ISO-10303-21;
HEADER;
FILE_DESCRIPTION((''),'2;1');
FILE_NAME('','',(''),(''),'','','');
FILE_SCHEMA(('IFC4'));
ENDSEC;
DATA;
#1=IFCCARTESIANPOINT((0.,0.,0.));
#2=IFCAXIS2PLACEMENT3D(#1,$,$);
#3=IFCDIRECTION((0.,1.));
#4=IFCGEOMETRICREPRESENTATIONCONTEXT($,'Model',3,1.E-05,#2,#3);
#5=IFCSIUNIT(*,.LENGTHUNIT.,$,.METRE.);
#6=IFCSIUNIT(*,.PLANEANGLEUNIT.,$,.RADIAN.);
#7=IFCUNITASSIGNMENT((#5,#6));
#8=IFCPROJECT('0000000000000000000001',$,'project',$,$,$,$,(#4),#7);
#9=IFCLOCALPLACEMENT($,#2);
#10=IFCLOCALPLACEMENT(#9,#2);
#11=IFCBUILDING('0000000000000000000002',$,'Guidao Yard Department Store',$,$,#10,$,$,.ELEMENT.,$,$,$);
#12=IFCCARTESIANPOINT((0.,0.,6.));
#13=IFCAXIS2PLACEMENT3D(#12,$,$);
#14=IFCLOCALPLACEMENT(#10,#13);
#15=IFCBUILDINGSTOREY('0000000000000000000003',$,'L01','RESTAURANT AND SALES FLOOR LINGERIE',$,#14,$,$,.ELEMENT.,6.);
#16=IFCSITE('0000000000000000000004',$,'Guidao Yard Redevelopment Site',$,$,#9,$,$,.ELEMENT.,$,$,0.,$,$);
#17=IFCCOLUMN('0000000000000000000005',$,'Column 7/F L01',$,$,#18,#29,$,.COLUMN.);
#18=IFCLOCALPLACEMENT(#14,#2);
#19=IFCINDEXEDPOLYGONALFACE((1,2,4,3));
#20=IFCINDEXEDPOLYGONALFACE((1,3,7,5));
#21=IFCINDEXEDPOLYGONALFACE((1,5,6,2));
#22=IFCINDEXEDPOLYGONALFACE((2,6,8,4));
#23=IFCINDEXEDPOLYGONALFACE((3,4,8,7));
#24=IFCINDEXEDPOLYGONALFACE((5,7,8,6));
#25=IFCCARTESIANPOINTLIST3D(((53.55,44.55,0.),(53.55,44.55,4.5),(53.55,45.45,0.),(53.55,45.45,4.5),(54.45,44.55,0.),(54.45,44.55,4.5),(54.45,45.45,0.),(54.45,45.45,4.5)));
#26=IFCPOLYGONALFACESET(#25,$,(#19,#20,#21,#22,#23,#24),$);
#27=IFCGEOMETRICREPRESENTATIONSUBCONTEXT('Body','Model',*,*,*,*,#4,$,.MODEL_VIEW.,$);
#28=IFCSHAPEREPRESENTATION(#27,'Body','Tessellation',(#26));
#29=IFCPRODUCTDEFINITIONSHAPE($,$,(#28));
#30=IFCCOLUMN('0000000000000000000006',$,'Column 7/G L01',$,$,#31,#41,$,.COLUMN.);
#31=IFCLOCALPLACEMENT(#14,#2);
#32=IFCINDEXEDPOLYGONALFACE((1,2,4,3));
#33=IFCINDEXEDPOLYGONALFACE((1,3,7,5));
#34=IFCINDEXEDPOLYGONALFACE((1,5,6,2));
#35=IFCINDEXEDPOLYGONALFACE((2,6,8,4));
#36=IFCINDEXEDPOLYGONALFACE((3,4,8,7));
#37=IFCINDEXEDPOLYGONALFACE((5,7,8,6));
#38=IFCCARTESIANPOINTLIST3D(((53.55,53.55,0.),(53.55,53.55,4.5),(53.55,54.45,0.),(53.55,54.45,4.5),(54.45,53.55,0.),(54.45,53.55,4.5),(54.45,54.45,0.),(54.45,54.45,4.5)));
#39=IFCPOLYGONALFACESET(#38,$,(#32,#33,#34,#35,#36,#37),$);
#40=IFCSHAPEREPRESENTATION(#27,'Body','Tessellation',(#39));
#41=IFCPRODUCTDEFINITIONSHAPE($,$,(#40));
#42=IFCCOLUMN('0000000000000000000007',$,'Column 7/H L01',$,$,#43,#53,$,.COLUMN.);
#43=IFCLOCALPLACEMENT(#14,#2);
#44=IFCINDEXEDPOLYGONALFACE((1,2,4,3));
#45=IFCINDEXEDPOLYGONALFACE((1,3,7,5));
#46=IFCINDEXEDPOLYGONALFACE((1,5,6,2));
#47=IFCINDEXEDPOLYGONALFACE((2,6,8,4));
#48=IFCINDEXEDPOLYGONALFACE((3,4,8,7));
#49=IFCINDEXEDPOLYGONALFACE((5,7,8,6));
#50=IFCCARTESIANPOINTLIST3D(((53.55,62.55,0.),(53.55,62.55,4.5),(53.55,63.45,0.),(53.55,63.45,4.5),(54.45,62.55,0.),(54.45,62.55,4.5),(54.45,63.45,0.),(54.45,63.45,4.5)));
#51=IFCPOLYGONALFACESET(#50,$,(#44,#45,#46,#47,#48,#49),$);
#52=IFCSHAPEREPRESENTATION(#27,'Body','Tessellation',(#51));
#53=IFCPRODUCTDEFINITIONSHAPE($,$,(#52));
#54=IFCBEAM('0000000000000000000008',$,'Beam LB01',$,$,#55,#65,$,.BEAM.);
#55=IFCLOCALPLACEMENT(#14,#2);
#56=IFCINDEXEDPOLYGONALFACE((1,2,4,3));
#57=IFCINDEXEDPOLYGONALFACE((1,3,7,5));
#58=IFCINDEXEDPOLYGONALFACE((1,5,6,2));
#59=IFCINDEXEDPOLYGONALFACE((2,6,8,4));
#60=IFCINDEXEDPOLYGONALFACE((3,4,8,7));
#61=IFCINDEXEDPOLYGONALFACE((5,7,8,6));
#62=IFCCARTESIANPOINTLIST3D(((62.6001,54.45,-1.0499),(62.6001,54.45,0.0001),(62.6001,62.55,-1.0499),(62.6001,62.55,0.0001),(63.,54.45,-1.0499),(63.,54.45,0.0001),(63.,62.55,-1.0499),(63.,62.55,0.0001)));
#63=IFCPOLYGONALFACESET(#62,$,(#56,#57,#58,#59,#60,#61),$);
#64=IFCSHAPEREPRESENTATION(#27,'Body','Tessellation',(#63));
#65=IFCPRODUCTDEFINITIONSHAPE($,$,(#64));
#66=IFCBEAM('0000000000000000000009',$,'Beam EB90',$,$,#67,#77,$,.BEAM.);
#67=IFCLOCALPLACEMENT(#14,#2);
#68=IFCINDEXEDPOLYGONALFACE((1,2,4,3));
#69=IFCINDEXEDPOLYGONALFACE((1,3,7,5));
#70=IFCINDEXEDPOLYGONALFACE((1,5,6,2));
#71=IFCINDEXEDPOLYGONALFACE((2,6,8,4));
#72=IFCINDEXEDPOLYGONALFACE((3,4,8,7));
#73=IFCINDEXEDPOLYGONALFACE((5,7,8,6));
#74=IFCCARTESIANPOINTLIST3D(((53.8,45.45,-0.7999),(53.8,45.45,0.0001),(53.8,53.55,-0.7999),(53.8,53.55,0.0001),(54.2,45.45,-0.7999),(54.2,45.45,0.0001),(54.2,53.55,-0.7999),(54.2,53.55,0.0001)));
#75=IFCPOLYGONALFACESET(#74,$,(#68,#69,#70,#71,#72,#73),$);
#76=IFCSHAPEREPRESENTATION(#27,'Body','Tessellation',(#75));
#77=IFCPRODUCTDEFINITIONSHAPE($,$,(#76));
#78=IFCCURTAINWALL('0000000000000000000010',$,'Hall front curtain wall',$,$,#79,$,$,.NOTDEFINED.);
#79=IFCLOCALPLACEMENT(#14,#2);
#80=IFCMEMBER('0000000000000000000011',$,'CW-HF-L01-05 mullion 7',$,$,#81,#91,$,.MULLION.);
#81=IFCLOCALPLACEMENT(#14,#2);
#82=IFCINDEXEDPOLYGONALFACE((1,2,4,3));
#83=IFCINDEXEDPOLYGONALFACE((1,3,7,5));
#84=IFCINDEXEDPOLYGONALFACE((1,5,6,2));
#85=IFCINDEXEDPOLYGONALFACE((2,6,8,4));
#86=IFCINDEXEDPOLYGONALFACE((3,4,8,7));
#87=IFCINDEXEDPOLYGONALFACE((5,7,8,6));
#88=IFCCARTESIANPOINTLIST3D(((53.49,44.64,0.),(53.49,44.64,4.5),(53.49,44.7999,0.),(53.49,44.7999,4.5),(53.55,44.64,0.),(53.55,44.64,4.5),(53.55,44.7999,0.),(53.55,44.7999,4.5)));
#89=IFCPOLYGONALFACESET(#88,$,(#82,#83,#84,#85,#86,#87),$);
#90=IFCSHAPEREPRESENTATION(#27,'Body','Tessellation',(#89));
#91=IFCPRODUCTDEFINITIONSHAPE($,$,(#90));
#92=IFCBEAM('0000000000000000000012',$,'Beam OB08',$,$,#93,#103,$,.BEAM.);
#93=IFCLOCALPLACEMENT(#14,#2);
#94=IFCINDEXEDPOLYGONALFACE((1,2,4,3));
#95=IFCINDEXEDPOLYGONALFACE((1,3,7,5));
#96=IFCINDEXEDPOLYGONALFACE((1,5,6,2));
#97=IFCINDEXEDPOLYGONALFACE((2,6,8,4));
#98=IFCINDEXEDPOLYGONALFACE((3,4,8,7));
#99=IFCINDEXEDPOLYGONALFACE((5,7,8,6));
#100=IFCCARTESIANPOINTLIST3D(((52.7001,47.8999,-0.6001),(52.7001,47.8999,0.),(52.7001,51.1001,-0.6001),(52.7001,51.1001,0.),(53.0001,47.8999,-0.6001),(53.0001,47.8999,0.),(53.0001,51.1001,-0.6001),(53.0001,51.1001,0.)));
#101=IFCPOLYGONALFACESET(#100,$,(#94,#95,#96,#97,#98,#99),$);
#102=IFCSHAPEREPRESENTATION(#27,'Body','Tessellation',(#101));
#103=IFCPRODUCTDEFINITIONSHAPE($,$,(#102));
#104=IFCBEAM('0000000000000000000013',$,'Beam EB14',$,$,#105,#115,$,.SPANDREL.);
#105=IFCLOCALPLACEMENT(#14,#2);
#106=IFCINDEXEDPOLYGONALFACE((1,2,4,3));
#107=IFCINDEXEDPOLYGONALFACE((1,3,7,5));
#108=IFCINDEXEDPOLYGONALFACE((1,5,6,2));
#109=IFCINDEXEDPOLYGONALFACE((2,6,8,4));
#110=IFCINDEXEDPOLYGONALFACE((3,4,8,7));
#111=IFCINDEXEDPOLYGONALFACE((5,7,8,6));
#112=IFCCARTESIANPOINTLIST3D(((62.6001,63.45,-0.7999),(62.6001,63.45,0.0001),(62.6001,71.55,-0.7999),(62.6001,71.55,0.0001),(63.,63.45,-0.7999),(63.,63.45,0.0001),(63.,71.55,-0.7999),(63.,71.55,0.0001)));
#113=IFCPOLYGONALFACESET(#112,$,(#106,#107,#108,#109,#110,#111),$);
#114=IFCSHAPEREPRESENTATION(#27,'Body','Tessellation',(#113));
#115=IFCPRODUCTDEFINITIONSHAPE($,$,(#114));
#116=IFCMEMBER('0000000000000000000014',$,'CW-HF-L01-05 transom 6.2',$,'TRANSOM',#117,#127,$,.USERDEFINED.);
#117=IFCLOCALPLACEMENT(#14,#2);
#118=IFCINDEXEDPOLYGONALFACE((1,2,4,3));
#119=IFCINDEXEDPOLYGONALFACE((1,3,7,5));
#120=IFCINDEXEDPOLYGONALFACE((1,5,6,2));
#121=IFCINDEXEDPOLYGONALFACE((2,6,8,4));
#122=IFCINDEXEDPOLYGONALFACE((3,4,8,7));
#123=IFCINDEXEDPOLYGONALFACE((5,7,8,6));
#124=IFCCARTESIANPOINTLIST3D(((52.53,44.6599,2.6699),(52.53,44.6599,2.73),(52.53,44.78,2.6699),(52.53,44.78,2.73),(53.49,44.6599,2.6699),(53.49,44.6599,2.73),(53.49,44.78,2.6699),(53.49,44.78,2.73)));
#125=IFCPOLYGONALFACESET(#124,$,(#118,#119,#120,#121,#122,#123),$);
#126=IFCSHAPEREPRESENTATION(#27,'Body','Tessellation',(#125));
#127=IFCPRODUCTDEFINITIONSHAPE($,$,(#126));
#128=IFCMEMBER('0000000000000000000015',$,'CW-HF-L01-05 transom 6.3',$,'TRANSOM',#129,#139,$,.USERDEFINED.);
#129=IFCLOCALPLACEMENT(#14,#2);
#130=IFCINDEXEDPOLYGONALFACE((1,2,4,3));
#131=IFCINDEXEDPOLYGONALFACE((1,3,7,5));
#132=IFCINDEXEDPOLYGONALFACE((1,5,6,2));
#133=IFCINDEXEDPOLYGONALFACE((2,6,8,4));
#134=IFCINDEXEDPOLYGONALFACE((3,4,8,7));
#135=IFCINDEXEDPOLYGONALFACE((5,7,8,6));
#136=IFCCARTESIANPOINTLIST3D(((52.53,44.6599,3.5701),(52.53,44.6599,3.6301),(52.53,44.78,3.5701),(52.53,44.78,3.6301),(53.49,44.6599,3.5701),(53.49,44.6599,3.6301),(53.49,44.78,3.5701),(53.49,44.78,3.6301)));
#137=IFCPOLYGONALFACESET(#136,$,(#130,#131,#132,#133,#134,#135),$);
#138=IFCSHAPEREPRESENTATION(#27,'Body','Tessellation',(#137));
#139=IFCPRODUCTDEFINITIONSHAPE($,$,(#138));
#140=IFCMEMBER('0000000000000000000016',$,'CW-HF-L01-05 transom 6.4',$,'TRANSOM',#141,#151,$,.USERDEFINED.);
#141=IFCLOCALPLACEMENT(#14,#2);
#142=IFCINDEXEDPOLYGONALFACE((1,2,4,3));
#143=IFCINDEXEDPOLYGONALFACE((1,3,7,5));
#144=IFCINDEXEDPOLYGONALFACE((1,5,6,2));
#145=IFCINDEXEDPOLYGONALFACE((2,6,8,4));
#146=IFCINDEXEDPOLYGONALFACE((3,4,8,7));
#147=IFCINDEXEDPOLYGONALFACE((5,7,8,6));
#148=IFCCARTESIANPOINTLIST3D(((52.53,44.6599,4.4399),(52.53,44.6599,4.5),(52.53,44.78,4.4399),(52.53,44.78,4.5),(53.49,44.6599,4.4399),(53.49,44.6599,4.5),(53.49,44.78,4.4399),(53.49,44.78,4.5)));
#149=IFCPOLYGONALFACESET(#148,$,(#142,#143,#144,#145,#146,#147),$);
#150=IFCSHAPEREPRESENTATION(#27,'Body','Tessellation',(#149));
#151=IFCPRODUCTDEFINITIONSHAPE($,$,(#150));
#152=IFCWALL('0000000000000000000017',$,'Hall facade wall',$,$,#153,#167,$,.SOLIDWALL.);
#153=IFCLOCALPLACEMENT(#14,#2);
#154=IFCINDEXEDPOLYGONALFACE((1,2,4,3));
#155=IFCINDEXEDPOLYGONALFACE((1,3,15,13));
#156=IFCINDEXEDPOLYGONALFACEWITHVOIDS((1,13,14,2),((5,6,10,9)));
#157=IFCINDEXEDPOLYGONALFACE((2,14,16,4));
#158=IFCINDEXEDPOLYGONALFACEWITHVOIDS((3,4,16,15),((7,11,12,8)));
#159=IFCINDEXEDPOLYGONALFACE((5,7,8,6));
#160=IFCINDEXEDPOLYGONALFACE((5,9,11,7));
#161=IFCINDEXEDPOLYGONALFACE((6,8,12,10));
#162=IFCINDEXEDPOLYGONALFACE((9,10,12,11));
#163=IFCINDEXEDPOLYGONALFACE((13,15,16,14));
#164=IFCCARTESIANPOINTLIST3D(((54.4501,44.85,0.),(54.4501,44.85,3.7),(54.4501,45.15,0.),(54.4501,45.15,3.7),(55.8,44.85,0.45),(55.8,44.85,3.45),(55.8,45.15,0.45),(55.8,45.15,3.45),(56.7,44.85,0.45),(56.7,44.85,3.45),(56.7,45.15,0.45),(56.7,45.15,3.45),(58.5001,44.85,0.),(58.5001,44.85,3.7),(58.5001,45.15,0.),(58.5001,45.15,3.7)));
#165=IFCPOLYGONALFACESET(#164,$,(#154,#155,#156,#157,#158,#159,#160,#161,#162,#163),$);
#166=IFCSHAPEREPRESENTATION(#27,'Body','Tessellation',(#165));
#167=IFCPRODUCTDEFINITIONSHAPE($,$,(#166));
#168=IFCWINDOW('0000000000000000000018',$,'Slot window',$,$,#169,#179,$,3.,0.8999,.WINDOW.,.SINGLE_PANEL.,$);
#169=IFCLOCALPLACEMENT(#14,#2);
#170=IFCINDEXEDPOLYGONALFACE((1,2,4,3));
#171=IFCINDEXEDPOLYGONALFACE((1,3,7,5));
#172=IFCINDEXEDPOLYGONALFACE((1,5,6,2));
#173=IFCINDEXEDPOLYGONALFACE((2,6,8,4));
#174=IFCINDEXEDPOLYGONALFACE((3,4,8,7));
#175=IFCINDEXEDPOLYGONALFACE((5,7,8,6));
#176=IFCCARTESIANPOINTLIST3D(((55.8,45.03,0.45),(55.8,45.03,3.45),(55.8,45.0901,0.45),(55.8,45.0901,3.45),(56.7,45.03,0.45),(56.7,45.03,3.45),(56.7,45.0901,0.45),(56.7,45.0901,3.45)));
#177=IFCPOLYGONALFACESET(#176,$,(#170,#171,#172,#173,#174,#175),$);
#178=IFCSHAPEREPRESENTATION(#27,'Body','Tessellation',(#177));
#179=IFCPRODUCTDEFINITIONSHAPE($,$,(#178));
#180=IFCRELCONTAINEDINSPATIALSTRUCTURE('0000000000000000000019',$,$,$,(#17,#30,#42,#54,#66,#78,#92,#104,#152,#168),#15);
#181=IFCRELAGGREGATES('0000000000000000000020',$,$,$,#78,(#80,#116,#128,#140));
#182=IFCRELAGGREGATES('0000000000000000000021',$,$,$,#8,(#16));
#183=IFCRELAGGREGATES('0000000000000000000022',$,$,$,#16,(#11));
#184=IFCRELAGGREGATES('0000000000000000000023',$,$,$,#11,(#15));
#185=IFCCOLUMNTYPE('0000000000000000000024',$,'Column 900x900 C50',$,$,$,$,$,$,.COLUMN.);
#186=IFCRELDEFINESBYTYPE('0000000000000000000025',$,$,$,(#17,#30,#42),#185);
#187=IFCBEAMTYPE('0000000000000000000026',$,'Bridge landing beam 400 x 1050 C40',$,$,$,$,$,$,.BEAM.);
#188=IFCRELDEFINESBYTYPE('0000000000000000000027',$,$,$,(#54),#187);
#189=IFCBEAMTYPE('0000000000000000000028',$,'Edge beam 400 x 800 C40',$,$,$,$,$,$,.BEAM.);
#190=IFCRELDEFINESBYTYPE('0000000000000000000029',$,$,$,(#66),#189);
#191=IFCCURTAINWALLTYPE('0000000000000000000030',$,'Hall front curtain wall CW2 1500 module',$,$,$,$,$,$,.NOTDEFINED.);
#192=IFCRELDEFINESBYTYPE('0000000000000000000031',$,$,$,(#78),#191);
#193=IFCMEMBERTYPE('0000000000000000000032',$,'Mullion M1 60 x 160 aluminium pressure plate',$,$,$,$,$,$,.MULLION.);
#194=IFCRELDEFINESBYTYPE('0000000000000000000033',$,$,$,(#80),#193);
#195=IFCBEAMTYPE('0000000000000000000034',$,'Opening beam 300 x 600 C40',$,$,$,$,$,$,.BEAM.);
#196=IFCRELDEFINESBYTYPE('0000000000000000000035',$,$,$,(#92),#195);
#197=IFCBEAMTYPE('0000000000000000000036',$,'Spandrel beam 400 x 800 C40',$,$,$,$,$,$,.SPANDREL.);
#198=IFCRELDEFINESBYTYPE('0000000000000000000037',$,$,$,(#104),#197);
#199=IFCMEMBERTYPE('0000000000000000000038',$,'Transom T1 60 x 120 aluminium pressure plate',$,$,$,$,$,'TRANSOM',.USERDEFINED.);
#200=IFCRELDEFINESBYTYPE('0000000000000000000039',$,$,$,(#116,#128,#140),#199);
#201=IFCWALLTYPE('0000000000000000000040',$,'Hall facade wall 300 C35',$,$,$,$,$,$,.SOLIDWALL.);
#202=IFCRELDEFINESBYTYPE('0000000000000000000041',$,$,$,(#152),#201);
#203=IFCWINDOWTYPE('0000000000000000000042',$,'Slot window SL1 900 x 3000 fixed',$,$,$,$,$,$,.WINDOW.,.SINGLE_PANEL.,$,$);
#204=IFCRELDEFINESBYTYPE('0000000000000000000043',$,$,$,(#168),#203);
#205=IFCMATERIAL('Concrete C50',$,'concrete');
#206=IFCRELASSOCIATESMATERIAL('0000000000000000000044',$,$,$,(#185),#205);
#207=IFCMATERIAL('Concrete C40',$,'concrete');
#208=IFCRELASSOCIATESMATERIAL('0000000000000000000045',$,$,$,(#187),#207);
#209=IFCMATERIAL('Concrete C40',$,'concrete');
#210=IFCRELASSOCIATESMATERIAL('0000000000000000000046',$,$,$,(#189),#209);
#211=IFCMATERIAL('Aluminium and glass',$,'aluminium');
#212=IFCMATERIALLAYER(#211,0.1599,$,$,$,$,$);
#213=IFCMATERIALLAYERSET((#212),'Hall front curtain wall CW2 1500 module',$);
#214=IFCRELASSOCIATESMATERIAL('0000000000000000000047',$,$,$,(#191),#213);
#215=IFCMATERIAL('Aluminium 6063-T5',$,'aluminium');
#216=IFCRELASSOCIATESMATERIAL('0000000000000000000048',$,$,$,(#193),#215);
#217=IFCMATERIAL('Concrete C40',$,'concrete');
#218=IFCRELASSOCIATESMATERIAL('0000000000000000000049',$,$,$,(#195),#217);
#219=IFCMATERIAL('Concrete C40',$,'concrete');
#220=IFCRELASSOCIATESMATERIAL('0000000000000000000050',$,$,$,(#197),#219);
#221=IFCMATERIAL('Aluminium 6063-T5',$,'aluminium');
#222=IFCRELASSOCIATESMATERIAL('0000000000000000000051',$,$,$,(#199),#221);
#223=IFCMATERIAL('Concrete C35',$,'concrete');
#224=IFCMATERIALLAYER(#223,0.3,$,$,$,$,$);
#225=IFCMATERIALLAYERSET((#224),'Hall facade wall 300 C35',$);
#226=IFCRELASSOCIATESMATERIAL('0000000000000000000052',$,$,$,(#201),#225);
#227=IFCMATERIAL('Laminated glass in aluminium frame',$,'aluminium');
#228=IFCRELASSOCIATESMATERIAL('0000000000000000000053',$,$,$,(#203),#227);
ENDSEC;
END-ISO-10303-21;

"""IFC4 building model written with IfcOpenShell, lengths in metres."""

from ifc_helpers import new_model, si_unit, direction, frame, frame_2d, origin, origin_2d, place, context, subcontext, project, spatial, rectangle, extrude, material, layer, layer_set, material_profile, profile_set, type_object, element, fill, aggregate, save


model = new_model("IFC4")

# Units and contexts
model_context = context("Model", 3, precision=1e-05, world=origin(), true_north=direction((0.0, 1.0)))
body_context = subcontext(model_context, "Body", "Model", "MODEL_VIEW")
ifc_project = project(units=[si_unit("LENGTHUNIT", "METRE"), si_unit("PLANEANGLEUNIT", "RADIAN")], contexts=[model_context])

# Site, building, storey
site_placement = place(None, origin())
site = spatial("IfcSite", under=ifc_project, at=site_placement, Name="Guidao Yard Redevelopment Site", CompositionType="ELEMENT", RefElevation=0.0)
building_placement = place(site_placement, origin())
building = spatial("IfcBuilding", under=site, at=building_placement, Name="Guidao Yard Department Store", CompositionType="ELEMENT")
storey_placement = place(building_placement, frame((0.0, 0.0, 6.0)))
storey = spatial("IfcBuildingStorey", under=building, at=storey_placement, Name="L01", Description="RESTAURANT AND SALES FLOOR LINGERIE", CompositionType="ELEMENT", Elevation=6.0)

# Columns
ifc_material_1 = material(Name="Concrete C50", Category="concrete")
ifc_material_profile_1 = material_profile(ifc_material_1, rectangle(XDim=0.8999, YDim=0.8999, at=origin_2d()), Name="COL 900x900")
ifc_profile_set_1 = profile_set([ifc_material_profile_1], Name="Concrete C50")
column_type = type_object("IfcColumnType", Name="Column 900x900 C50", PredefinedType="COLUMN", material=ifc_profile_set_1)
for number, where, z_axis, x_axis, name in (
    (1, (54.0, 45.0, 0.0), (0.0, 0.0, 1.0), (1.0, 0.0, 0.0), "Column 7/F L01"),
    (2, (54.0, 54.0, 0.0), (0.0, 0.0, 1.0), (1.0, 0.0, 0.0), "Column 7/G L01"),
    (3, (54.0, 63.0, 0.0), (0.0, 0.0, 1.0), (1.0, 0.0, 0.0), "Column 7/H L01"),
):
    element("IfcColumn", number, at=place(storey_placement, frame(where, z_axis=z_axis, x_axis=x_axis)), inside=storey, type_object=column_type, Name=name, PredefinedType="COLUMN", context=body_context, shape_type="SweptSolid", body=[
        extrude(rectangle(XDim=0.8999, YDim=0.8999, at=origin_2d()), origin(), (0.0, 0.0, 1.0), 4.5),
    ])

# Beams
ifc_material_2 = material(Name="Concrete C40", Category="concrete")
ifc_material_profile_2 = material_profile(ifc_material_2, rectangle(XDim=0.3999, YDim=1.05, at=origin_2d()), Name="Bridge landing beam 400 x 1050 C40")
ifc_profile_set_2 = profile_set([ifc_material_profile_2], Name="Concrete C40")
beam_type_1 = type_object("IfcBeamType", Name="Bridge landing beam 400 x 1050 C40", PredefinedType="BEAM", material=ifc_profile_set_2)
beam_1_placement = place(storey_placement, frame((62.8, 54.45, -0.5249), z_axis=(0.0, 1.0, 0.0), x_axis=(-1.0, 0.0, 0.0)))
element("IfcBeam", 4, at=beam_1_placement, inside=storey, type_object=beam_type_1, Name="Beam LB01", PredefinedType="BEAM", context=body_context, shape_type="SweptSolid", body=[
    extrude(rectangle(XDim=0.3999, YDim=1.05, at=origin_2d()), origin(), (0.0, 0.0, 1.0), 8.1001),
])
ifc_material_3 = material(Name="Concrete C40", Category="concrete")
ifc_material_profile_3 = material_profile(ifc_material_3, rectangle(XDim=0.3999, YDim=0.8, at=origin_2d()), Name="Edge beam 400 x 800 C40")
ifc_profile_set_3 = profile_set([ifc_material_profile_3], Name="Concrete C40")
beam_type_2 = type_object("IfcBeamType", Name="Edge beam 400 x 800 C40", PredefinedType="BEAM", material=ifc_profile_set_3)
beam_2_placement = place(storey_placement, frame((54.0, 45.45, -0.3999), z_axis=(0.0, 1.0, 0.0), x_axis=(-1.0, 0.0, 0.0)))
element("IfcBeam", 5, at=beam_2_placement, inside=storey, type_object=beam_type_2, Name="Beam EB90", PredefinedType="BEAM", context=body_context, shape_type="SweptSolid", body=[
    extrude(rectangle(XDim=0.3999, YDim=0.8, at=origin_2d()), origin(), (0.0, 0.0, 1.0), 8.1001),
])

# Curtain wall, member
ifc_material_4 = material(Name="Aluminium and glass", Category="aluminium")
ifc_layer_1 = layer(ifc_material_4, 0.1599)
ifc_layer_set_1 = layer_set([ifc_layer_1], Name="Hall front curtain wall CW2 1500 module")
curtain_wall_type = type_object("IfcCurtainWallType", Name="Hall front curtain wall CW2 1500 module", PredefinedType="NOTDEFINED", material=ifc_layer_set_1)
curtain_wall_placement = place(storey_placement, origin())
curtain_wall = element("IfcCurtainWall", 6, at=curtain_wall_placement, inside=storey, type_object=curtain_wall_type, Name="Hall front curtain wall", PredefinedType="NOTDEFINED")
ifc_material_5 = material(Name="Aluminium 6063-T5", Category="aluminium")
ifc_material_profile_4 = material_profile(ifc_material_5, rectangle(XDim=0.0601, YDim=0.1599, at=origin_2d()), Name="Mullion M1 60 x 160 aluminium pressure plate")
ifc_profile_set_4 = profile_set([ifc_material_profile_4], Name="Aluminium 6063-T5")
member_type_1 = type_object("IfcMemberType", Name="Mullion M1 60 x 160 aluminium pressure plate", PredefinedType="MULLION", material=ifc_profile_set_4)
member_1_placement = place(storey_placement, frame((53.52, 44.72, 0.0), z_axis=(0.0, 0.0, 1.0), x_axis=(-1.0, 0.0, 0.0)))
member_1 = element("IfcMember", 7, at=member_1_placement, type_object=member_type_1, Name="CW-HF-L01-05 mullion 7", PredefinedType="MULLION", context=body_context, shape_type="SweptSolid", body=[
    extrude(rectangle(XDim=0.0601, YDim=0.1599, at=origin_2d()), origin(), (0.0, 0.0, 1.0), 4.5),
])

# Beams
ifc_material_6 = material(Name="Concrete C40", Category="concrete")
ifc_material_profile_5 = material_profile(ifc_material_6, rectangle(XDim=0.3, YDim=0.6001, at=origin_2d()), Name="Opening beam 300 x 600 C40")
ifc_profile_set_5 = profile_set([ifc_material_profile_5], Name="Concrete C40")
beam_type_3 = type_object("IfcBeamType", Name="Opening beam 300 x 600 C40", PredefinedType="BEAM", material=ifc_profile_set_5)
beam_3_placement = place(storey_placement, frame((52.8501, 47.8999, -0.3), z_axis=(0.0, 1.0, 0.0), x_axis=(-1.0, 0.0, 0.0)))
element("IfcBeam", 8, at=beam_3_placement, inside=storey, type_object=beam_type_3, Name="Beam OB08", PredefinedType="BEAM", context=body_context, shape_type="SweptSolid", body=[
    extrude(rectangle(XDim=0.3, YDim=0.6001, at=origin_2d()), origin(), (0.0, 0.0, 1.0), 3.2002),
])
ifc_material_7 = material(Name="Concrete C40", Category="concrete")
ifc_material_profile_6 = material_profile(ifc_material_7, rectangle(XDim=0.3999, YDim=0.8, at=origin_2d()), Name="Spandrel beam 400 x 800 C40")
ifc_profile_set_6 = profile_set([ifc_material_profile_6], Name="Concrete C40")
beam_type_4 = type_object("IfcBeamType", Name="Spandrel beam 400 x 800 C40", PredefinedType="SPANDREL", material=ifc_profile_set_6)
beam_4_placement = place(storey_placement, frame((62.8, 63.45, -0.3999), z_axis=(0.0, 1.0, 0.0), x_axis=(-1.0, 0.0, 0.0)))
element("IfcBeam", 9, at=beam_4_placement, inside=storey, type_object=beam_type_4, Name="Beam EB14", PredefinedType="SPANDREL", context=body_context, shape_type="SweptSolid", body=[
    extrude(rectangle(XDim=0.3999, YDim=0.8, at=origin_2d()), origin(), (0.0, 0.0, 1.0), 8.1001),
])

# Members
ifc_material_8 = material(Name="Aluminium 6063-T5", Category="aluminium")
ifc_material_profile_7 = material_profile(ifc_material_8, rectangle(XDim=0.1201, YDim=0.0601, at=origin_2d()), Name="Transom T1 60 x 120 aluminium pressure plate")
ifc_profile_set_7 = profile_set([ifc_material_profile_7], Name="Aluminium 6063-T5")
member_type_2 = type_object("IfcMemberType", Name="Transom T1 60 x 120 aluminium pressure plate", ElementType="TRANSOM", PredefinedType="USERDEFINED", material=ifc_profile_set_7)
member_2_placement = place(storey_placement, frame((53.49, 44.72, 2.7), z_axis=(-1.0, 0.0, 0.0), x_axis=(0.0, -1.0, 0.0)))
member_2 = element("IfcMember", 10, at=member_2_placement, type_object=member_type_2, Name="CW-HF-L01-05 transom 6.2", ObjectType="TRANSOM", PredefinedType="USERDEFINED", context=body_context, shape_type="SweptSolid", body=[
    extrude(rectangle(XDim=0.1201, YDim=0.0601, at=origin_2d()), origin(), (0.0, 0.0, 1.0), 0.96),
])
member_3_placement = place(storey_placement, frame((53.49, 44.72, 3.6001), z_axis=(-1.0, 0.0, 0.0), x_axis=(0.0, -1.0, 0.0)))
member_3 = element("IfcMember", 11, at=member_3_placement, type_object=member_type_2, Name="CW-HF-L01-05 transom 6.3", ObjectType="TRANSOM", PredefinedType="USERDEFINED", context=body_context, shape_type="SweptSolid", body=[
    extrude(rectangle(XDim=0.1201, YDim=0.0601, at=origin_2d()), origin(), (0.0, 0.0, 1.0), 0.96),
])
member_4_placement = place(storey_placement, frame((53.49, 44.72, 4.47), z_axis=(-1.0, 0.0, 0.0), x_axis=(0.0, -1.0, 0.0)))
member_4 = element("IfcMember", 12, at=member_4_placement, type_object=member_type_2, Name="CW-HF-L01-05 transom 6.4", ObjectType="TRANSOM", PredefinedType="USERDEFINED", context=body_context, shape_type="SweptSolid", body=[
    extrude(rectangle(XDim=0.1201, YDim=0.0601, at=origin_2d()), origin(), (0.0, 0.0, 1.0), 0.96),
])
aggregate(curtain_wall, [member_1, member_2, member_3, member_4])

# Wall, opening, window
ifc_material_9 = material(Name="Concrete C35", Category="concrete")
ifc_layer_2 = layer(ifc_material_9, 0.3)
ifc_layer_set_2 = layer_set([ifc_layer_2], Name="Hall facade wall 300 C35")
wall_type_1 = type_object("IfcWallType", Name="Hall facade wall 300 C35", PredefinedType="SOLIDWALL", material=ifc_layer_set_2)
wall_1_placement = place(storey_placement, frame((58.5, 45.0, 0.0), z_axis=(0.0, 0.0, 1.0), x_axis=(-1.0, 0.0, 0.0)))
wall_1 = element("IfcWall", 13, at=wall_1_placement, inside=storey, type_object=wall_type_1, Name="Hall facade wall", PredefinedType="SOLIDWALL", context=body_context, shape_type="SweptSolid", body=[
    extrude(rectangle(XDim=4.05, YDim=0.3, at=frame_2d((2.0249, 0.0))), origin(), (0.0, 0.0, 1.0), 3.7),
])
opening_1_placement = place(wall_1_placement, frame((1.8, 0.0, 0.45)))
opening_1 = element("IfcOpeningElement", 14, at=opening_1_placement, cuts=wall_1, PredefinedType="OPENING", context=body_context, shape_type="SweptSolid", body=[
    extrude(rectangle(XDim=0.8999, YDim=3.0, at=frame_2d((0.45, 1.5))), frame((0.0, 0.1599, 0.0), z_axis=(0.0, -1.0, 0.0), x_axis=(1.0, 0.0, 0.0)), (0.0, 0.0, 1.0), 0.3201),
])
ifc_material_10 = material(Name="Laminated glass in aluminium frame", Category="aluminium")
window_type = type_object("IfcWindowType", Name="Slot window SL1 900 x 3000 fixed", PartitioningType="SINGLE_PANEL", PredefinedType="WINDOW", material=ifc_material_10)
window_placement = place(opening_1_placement, origin())
window = element("IfcWindow", 15, at=window_placement, inside=storey, type_object=window_type, Name="Slot window", OverallHeight=3.0, OverallWidth=0.8999, PartitioningType="SINGLE_PANEL", PredefinedType="WINDOW", context=body_context, shape_type="SweptSolid", body=[
    extrude(rectangle(XDim=0.8999, YDim=3.0, at=frame_2d((0.45, 1.5))), frame((0.0, -0.03, 0.0), z_axis=(0.0, -1.0, 0.0), x_axis=(1.0, 0.0, 0.0)), (0.0, 0.0, 1.0), 0.0601),
])
fill(opening_1, window)

save(model, "model.ifc")
